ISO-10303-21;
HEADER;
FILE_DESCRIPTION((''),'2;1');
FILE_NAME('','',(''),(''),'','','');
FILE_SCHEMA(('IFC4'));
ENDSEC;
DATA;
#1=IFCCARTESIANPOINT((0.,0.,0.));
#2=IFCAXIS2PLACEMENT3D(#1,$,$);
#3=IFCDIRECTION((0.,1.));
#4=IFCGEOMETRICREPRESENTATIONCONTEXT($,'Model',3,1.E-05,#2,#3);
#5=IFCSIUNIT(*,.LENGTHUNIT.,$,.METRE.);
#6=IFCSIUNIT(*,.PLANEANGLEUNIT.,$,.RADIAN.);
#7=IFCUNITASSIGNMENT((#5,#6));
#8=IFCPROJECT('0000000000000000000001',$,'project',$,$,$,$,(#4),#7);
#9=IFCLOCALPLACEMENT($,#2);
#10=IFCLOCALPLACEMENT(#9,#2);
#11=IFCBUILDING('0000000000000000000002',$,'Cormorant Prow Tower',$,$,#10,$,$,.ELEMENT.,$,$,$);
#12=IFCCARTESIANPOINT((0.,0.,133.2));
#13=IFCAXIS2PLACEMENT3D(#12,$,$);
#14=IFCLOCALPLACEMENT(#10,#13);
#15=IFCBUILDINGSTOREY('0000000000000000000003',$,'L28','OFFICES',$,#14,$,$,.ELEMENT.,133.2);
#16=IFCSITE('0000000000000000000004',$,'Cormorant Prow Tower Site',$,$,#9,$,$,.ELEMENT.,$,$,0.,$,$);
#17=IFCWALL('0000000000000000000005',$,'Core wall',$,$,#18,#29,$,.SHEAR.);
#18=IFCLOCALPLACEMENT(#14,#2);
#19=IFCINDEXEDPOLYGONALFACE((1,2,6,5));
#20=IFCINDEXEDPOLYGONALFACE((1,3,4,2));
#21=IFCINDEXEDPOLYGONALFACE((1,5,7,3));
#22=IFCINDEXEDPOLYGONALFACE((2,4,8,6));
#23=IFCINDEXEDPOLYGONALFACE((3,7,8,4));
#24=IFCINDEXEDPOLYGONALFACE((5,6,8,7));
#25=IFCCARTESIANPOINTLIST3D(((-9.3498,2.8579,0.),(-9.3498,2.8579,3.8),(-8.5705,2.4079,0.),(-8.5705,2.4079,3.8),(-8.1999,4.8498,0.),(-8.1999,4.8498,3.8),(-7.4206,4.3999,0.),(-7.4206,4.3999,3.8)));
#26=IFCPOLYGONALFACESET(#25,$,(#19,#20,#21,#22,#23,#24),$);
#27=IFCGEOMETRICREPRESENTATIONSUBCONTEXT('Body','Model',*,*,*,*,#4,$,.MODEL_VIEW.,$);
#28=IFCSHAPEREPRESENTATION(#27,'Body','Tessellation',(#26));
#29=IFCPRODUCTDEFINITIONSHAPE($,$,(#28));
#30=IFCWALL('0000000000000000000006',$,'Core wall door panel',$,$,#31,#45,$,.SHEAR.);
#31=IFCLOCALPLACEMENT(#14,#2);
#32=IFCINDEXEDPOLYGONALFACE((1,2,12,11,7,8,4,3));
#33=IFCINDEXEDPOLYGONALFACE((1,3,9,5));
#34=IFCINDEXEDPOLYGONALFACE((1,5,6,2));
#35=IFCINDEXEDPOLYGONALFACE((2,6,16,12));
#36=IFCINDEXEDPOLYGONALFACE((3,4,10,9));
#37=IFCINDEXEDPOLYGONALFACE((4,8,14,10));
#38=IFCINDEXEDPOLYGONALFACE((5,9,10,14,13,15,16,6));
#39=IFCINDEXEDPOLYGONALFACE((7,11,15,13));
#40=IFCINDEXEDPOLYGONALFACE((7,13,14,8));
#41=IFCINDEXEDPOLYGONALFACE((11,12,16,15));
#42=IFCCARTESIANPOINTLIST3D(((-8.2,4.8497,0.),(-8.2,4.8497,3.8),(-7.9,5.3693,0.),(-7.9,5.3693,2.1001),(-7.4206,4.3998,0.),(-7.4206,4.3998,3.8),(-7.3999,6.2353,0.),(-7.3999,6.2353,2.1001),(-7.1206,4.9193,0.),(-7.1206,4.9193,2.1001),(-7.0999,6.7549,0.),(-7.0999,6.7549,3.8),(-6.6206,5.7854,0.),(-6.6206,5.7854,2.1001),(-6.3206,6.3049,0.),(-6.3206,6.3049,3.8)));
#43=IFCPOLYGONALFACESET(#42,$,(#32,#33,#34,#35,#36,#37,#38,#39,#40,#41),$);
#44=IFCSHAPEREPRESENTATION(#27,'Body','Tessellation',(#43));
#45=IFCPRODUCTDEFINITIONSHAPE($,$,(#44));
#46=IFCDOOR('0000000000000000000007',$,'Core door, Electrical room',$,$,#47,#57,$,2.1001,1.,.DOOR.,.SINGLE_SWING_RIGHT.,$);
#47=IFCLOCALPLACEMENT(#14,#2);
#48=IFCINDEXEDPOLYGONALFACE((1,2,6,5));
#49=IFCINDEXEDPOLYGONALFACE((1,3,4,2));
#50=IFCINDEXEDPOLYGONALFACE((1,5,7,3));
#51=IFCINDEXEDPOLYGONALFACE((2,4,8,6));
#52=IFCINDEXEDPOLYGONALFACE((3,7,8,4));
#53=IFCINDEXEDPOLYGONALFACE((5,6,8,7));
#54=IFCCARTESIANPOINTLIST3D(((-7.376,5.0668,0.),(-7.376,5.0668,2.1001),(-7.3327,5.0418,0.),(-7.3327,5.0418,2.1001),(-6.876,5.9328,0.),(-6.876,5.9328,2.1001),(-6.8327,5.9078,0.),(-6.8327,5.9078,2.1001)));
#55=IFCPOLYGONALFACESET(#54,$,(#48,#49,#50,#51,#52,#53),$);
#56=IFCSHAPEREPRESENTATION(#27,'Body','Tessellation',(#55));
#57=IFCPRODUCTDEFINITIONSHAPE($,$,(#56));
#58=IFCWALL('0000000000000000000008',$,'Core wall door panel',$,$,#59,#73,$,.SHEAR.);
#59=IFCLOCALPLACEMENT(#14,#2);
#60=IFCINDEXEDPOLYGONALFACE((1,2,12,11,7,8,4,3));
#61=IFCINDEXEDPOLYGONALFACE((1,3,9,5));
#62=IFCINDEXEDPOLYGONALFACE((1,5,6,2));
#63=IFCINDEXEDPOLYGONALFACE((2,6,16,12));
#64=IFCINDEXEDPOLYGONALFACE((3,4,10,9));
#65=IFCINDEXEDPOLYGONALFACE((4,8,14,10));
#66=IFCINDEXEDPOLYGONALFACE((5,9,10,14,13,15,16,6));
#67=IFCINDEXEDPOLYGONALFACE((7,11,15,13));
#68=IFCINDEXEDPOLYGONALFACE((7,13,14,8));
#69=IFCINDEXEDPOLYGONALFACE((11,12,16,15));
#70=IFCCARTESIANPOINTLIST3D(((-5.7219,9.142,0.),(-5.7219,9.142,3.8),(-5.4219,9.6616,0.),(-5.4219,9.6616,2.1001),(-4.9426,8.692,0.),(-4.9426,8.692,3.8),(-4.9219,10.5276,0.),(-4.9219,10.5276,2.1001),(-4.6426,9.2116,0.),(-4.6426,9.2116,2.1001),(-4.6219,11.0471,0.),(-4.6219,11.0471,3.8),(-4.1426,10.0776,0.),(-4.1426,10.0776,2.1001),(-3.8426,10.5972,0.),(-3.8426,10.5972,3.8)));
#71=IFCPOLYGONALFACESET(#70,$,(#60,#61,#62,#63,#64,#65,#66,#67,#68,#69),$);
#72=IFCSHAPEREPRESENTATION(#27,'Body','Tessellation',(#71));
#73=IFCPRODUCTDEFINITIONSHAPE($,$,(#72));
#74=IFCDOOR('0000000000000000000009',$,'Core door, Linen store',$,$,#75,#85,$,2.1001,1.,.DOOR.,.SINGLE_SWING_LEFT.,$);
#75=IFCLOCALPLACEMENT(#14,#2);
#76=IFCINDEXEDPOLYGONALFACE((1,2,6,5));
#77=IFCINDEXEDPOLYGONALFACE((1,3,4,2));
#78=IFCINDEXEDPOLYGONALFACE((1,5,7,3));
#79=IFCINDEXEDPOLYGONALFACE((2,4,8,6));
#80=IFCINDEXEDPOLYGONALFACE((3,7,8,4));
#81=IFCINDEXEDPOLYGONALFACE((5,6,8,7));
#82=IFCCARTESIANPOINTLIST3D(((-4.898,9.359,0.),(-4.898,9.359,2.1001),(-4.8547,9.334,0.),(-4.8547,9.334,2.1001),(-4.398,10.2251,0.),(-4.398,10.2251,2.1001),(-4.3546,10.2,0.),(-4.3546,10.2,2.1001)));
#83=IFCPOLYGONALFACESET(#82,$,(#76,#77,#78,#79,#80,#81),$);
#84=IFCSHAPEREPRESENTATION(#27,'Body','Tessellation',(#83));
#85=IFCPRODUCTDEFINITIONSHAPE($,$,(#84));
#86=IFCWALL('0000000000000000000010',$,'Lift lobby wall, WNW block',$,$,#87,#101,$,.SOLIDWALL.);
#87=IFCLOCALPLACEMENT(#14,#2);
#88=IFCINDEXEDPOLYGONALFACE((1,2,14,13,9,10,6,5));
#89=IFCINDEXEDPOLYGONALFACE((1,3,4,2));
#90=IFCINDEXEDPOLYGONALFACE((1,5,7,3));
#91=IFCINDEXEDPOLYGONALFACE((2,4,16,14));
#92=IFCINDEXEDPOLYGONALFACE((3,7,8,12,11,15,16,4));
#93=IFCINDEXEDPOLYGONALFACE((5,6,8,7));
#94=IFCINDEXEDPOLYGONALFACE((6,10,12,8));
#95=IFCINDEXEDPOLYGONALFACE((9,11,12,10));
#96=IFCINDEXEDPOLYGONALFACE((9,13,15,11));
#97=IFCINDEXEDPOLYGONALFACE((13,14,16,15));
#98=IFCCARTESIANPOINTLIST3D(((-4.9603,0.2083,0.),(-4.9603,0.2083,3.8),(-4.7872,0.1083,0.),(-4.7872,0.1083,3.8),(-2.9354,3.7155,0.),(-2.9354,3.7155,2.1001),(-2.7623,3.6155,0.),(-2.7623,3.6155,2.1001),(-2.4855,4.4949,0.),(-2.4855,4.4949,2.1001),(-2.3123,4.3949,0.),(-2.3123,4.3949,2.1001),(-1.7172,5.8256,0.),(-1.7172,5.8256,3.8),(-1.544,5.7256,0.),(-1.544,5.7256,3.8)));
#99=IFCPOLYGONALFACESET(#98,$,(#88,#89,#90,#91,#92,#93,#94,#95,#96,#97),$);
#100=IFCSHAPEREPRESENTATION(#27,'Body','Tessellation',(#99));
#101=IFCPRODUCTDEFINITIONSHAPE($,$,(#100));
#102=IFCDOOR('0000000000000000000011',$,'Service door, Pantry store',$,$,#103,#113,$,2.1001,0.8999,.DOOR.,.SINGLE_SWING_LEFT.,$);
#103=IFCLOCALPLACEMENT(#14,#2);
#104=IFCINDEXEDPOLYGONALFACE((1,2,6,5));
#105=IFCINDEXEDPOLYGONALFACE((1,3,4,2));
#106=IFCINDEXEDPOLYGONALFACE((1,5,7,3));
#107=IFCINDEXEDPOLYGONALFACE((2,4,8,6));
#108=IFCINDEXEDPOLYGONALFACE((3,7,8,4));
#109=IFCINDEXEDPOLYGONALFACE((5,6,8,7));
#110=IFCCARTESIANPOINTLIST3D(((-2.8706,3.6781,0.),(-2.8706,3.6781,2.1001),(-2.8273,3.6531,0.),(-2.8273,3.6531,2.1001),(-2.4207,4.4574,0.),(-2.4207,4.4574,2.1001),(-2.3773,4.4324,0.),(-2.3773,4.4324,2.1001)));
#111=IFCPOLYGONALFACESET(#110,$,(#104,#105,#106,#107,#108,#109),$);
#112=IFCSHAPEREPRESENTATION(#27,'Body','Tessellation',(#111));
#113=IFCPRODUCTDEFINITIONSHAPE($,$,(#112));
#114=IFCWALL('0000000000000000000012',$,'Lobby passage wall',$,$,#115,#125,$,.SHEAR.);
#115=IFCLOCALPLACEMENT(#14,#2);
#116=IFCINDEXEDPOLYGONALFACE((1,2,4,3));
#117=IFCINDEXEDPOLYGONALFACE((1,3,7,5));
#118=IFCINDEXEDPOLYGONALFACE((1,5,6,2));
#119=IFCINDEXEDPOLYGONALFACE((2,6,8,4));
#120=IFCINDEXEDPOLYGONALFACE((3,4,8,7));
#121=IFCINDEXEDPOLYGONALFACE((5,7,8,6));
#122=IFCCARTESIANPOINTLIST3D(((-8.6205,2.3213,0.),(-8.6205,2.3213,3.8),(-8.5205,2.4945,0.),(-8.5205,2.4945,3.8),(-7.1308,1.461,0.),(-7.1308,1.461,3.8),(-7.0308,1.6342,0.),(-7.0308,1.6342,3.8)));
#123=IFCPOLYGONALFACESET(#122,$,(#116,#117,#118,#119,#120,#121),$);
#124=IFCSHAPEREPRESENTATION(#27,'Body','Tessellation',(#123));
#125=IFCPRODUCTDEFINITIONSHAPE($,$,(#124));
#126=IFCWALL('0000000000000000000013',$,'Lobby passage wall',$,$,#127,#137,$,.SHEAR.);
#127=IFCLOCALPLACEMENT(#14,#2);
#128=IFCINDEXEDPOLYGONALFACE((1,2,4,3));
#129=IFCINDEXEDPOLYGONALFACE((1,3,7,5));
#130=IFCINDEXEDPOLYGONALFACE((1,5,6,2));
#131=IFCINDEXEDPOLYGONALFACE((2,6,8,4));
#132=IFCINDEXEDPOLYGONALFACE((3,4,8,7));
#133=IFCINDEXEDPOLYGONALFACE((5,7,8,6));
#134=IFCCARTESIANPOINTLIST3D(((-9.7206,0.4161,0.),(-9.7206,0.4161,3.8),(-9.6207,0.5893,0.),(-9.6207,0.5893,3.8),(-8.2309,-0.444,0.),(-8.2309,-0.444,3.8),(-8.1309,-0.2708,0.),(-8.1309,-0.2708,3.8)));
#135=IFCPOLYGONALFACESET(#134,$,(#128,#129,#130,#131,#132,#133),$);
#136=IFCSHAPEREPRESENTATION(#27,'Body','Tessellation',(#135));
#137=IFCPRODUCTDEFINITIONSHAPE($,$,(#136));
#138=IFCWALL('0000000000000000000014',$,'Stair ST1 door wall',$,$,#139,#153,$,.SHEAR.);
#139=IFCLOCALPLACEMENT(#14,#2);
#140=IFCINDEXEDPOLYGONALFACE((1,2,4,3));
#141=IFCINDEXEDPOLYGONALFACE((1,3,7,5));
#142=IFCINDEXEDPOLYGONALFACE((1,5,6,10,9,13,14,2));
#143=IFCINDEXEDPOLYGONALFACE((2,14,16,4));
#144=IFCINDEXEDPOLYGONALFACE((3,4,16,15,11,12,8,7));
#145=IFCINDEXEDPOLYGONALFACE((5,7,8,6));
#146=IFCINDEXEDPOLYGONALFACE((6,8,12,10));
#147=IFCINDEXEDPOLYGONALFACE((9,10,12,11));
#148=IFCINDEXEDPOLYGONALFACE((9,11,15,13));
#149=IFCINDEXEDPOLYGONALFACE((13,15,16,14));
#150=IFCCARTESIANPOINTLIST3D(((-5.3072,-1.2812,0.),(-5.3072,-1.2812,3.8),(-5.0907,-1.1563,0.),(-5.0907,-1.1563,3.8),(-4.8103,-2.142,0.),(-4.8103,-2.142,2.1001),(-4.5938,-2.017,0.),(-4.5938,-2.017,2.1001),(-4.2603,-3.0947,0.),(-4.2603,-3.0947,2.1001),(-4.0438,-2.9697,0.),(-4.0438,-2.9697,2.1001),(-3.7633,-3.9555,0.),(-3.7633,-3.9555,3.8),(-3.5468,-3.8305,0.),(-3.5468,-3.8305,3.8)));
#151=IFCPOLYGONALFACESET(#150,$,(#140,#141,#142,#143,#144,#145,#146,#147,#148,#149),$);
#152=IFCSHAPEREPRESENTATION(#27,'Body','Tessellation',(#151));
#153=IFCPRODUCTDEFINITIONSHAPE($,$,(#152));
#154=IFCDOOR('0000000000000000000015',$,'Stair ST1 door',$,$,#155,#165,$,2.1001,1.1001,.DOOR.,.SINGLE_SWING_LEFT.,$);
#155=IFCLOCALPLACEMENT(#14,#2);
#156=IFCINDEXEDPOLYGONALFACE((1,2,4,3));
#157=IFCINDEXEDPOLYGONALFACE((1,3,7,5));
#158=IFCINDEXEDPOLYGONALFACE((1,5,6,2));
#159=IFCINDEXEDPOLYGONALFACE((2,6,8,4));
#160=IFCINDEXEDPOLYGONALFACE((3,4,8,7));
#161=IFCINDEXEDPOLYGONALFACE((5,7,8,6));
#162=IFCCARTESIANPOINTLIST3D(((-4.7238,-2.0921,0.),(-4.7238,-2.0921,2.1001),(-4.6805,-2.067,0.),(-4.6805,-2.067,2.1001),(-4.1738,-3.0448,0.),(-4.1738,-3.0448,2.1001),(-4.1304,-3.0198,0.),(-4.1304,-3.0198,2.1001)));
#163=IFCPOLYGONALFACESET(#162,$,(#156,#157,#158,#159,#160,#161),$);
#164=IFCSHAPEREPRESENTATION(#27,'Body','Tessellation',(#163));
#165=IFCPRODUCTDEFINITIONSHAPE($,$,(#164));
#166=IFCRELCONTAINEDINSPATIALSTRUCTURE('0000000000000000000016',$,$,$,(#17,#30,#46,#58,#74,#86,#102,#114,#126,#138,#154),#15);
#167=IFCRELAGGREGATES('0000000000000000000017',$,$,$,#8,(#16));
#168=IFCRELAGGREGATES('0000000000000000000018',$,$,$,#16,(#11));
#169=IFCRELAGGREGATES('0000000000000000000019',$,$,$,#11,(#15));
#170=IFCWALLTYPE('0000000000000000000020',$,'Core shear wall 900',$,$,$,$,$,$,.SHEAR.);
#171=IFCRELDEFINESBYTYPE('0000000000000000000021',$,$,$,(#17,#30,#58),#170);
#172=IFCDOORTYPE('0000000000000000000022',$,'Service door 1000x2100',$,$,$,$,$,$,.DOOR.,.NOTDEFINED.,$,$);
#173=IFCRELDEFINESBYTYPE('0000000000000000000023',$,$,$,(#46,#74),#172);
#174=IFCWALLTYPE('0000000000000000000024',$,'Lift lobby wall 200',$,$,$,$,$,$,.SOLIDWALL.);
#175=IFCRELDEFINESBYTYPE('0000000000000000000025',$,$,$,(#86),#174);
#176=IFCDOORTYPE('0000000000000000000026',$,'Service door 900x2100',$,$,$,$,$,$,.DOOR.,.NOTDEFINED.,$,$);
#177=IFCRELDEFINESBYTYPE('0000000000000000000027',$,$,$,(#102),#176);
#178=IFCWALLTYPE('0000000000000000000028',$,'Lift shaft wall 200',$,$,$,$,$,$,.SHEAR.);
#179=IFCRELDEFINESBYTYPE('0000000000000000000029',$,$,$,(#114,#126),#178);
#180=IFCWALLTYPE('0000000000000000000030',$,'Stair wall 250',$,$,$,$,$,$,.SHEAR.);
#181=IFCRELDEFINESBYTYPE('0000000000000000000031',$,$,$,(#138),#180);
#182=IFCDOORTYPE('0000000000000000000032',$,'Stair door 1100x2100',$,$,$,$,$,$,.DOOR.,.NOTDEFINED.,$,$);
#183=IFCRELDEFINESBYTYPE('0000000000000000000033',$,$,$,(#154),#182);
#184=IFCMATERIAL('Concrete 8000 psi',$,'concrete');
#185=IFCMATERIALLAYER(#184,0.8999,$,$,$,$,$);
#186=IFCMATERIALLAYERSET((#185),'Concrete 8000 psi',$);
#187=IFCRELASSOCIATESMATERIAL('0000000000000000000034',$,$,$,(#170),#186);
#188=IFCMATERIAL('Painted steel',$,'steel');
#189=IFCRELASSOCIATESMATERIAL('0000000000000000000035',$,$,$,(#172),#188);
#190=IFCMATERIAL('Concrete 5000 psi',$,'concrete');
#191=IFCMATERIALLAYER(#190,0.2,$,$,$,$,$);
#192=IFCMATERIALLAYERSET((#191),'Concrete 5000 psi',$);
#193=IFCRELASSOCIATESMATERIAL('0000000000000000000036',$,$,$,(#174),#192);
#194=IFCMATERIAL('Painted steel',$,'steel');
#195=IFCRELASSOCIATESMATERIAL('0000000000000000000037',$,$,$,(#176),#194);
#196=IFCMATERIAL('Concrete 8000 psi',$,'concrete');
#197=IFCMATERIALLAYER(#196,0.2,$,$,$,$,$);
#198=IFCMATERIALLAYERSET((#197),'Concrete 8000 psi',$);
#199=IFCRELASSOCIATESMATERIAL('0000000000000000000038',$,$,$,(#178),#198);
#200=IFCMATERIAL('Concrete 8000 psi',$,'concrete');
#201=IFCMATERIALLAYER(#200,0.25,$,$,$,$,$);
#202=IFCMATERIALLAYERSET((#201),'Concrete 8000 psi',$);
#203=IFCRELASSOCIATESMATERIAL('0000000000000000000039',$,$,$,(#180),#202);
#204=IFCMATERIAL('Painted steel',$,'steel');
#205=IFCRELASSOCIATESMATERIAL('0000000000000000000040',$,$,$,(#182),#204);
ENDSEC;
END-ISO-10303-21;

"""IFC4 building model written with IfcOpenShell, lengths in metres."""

from ifc_helpers import new_model, si_unit, direction, frame, frame_2d, origin, place, context, subcontext, project, spatial, rectangle, extrude, material, layer, layer_set, type_object, element, fill, save


model = new_model("IFC4")

# Units and contexts
model_context = context("Model", 3, precision=1e-05, world=origin(), true_north=direction((0.0, 1.0)))
body_context = subcontext(model_context, "Body", "Model", "MODEL_VIEW")
ifc_project = project(units=[si_unit("LENGTHUNIT", "METRE"), si_unit("PLANEANGLEUNIT", "RADIAN")], contexts=[model_context])

# Site, building, storey
site_placement = place(None, origin())
site = spatial("IfcSite", under=ifc_project, at=site_placement, Name="Cormorant Prow Tower Site", CompositionType="ELEMENT", RefElevation=0.0)
building_placement = place(site_placement, origin())
building = spatial("IfcBuilding", under=site, at=building_placement, Name="Cormorant Prow Tower", CompositionType="ELEMENT")
storey_placement = place(building_placement, frame((0.0, 0.0, 133.2)))
storey = spatial("IfcBuildingStorey", under=building, at=storey_placement, Name="L28", Description="OFFICES", CompositionType="ELEMENT", Elevation=133.2)

# Wall
ifc_material_1 = material(Name="Concrete 8000 psi", Category="concrete")
ifc_layer_1 = layer(ifc_material_1, 0.8999)
ifc_layer_set_1 = layer_set([ifc_layer_1], Name="Concrete 8000 psi")
wall_type_1 = type_object("IfcWallType", Name="Core shear wall 900", PredefinedType="SHEAR", material=ifc_layer_set_1)
wall_1_placement = place(storey_placement, frame((-7.8103, 4.6248, 0.0), z_axis=(0.0, 0.0, 1.0), x_axis=(-0.499952, -0.866053, 0.0)))
element("IfcWall", 1, at=wall_1_placement, inside=storey, type_object=wall_type_1, Name="Core wall", PredefinedType="SHEAR", context=body_context, shape_type="SweptSolid", body=[
    extrude(rectangle(XDim=2.3, YDim=0.8999, at=frame_2d((1.1499, 0.0))), origin(), (0.0, 0.0, 1.0), 3.8),
])

# Walls, openings, doors
wall_2_placement = place(storey_placement, frame((-6.7102, 6.53, 0.0), z_axis=(0.0, 0.0, 1.0), x_axis=(-0.50003, -0.866008, 0.0)))
wall_2 = element("IfcWall", 2, at=wall_2_placement, inside=storey, type_object=wall_type_1, Name="Core wall door panel", PredefinedType="SHEAR", context=body_context, shape_type="SweptSolid", body=[
    extrude(rectangle(XDim=2.2, YDim=0.8999, at=frame_2d((1.1001, 0.0))), origin(), (0.0, 0.0, 1.0), 3.8),
])
opening_1_placement = place(wall_2_placement, frame((0.6001, 0.0, 0.0)))
opening_1 = element("IfcOpeningElement", 3, at=opening_1_placement, cuts=wall_2, PredefinedType="OPENING", context=body_context, shape_type="SweptSolid", body=[
    extrude(rectangle(XDim=1.0, YDim=2.1001, at=frame_2d((0.5, 1.05))), frame((0.0, 0.46, 0.0), z_axis=(0.0, -1.0, 0.0), x_axis=(1.0, 0.0, 0.0)), (0.0, 0.0, 1.0), 0.9199),
])
ifc_material_2 = material(Name="Painted steel", Category="steel")
door_type_1 = type_object("IfcDoorType", Name="Service door 1000x2100", OperationType="NOTDEFINED", PredefinedType="DOOR", material=ifc_material_2)
door_1_placement = place(opening_1_placement, origin())
door_1 = element("IfcDoor", 4, at=door_1_placement, inside=storey, type_object=door_type_1, Name="Core door, Electrical room", OperationType="SINGLE_SWING_RIGHT", OverallHeight=2.1001, OverallWidth=1.0, PredefinedType="DOOR", context=body_context, shape_type="SweptSolid", body=[
    extrude(rectangle(XDim=1.0, YDim=2.1001, at=frame_2d((0.5, 1.05))), frame((0.0, 0.2051, 0.0), z_axis=(0.0, -1.0, 0.0), x_axis=(1.0, 0.0, 0.0)), (0.0, 0.0, 1.0), 0.05),
])
fill(opening_1, door_1)
wall_3_placement = place(storey_placement, frame((-4.2322, 10.8223, 0.0), z_axis=(0.0, 0.0, 1.0), x_axis=(-0.50003, -0.866008, 0.0)))
wall_3 = element("IfcWall", 5, at=wall_3_placement, inside=storey, type_object=wall_type_1, Name="Core wall door panel", PredefinedType="SHEAR", context=body_context, shape_type="SweptSolid", body=[
    extrude(rectangle(XDim=2.2, YDim=0.8999, at=frame_2d((1.1001, 0.0))), origin(), (0.0, 0.0, 1.0), 3.8),
])
opening_2_placement = place(wall_3_placement, frame((0.6001, 0.0, 0.0)))
opening_2 = element("IfcOpeningElement", 6, at=opening_2_placement, cuts=wall_3, PredefinedType="OPENING", context=body_context, shape_type="SweptSolid", body=[
    extrude(rectangle(XDim=1.0, YDim=2.1001, at=frame_2d((0.5, 1.05))), frame((0.0, 0.46, 0.0), z_axis=(0.0, -1.0, 0.0), x_axis=(1.0, 0.0, 0.0)), (0.0, 0.0, 1.0), 0.9199),
])
door_2_placement = place(opening_2_placement, origin())
door_2 = element("IfcDoor", 7, at=door_2_placement, inside=storey, type_object=door_type_1, Name="Core door, Linen store", OperationType="SINGLE_SWING_LEFT", OverallHeight=2.1001, OverallWidth=1.0, PredefinedType="DOOR", context=body_context, shape_type="SweptSolid", body=[
    extrude(rectangle(XDim=1.0, YDim=2.1001, at=frame_2d((0.5, 1.05))), frame((0.0, 0.2051, 0.0), z_axis=(0.0, -1.0, 0.0), x_axis=(1.0, 0.0, 0.0)), (0.0, 0.0, 1.0), 0.05),
])
fill(opening_2, door_2)
ifc_material_3 = material(Name="Concrete 5000 psi", Category="concrete")
ifc_layer_2 = layer(ifc_material_3, 0.2)
ifc_layer_set_2 = layer_set([ifc_layer_2], Name="Concrete 5000 psi")
wall_type_2 = type_object("IfcWallType", Name="Lift lobby wall 200", PredefinedType="SOLIDWALL", material=ifc_layer_set_2)
wall_4_placement = place(storey_placement, frame((-1.6306, 5.7756, 0.0), z_axis=(0.0, 0.0, 1.0), x_axis=(-0.499993, -0.86603, 0.0)))
wall_4 = element("IfcWall", 8, at=wall_4_placement, inside=storey, type_object=wall_type_2, Name="Lift lobby wall, WNW block", PredefinedType="SOLIDWALL", context=body_context, shape_type="SweptSolid", body=[
    extrude(rectangle(XDim=6.4863, YDim=0.2, at=frame_2d((3.2432, 0.0))), origin(), (0.0, 0.0, 1.0), 3.8),
])
opening_3_placement = place(wall_4_placement, frame((1.5366, 0.0, 0.0)))
opening_3 = element("IfcOpeningElement", 9, at=opening_3_placement, cuts=wall_4, PredefinedType="OPENING", context=body_context, shape_type="SweptSolid", body=[
    extrude(rectangle(XDim=0.8999, YDim=2.1001, at=frame_2d((0.45, 1.05))), frame((0.0, 0.1099, 0.0), z_axis=(0.0, -1.0, 0.0), x_axis=(1.0, 0.0, 0.0)), (0.0, 0.0, 1.0), 0.22),
])
ifc_material_4 = material(Name="Painted steel", Category="steel")
door_type_2 = type_object("IfcDoorType", Name="Service door 900x2100", OperationType="NOTDEFINED", PredefinedType="DOOR", material=ifc_material_4)
door_3_placement = place(opening_3_placement, origin())
door_3 = element("IfcDoor", 10, at=door_3_placement, inside=storey, type_object=door_type_2, Name="Service door, Pantry store", OperationType="SINGLE_SWING_LEFT", OverallHeight=2.1001, OverallWidth=0.8999, PredefinedType="DOOR", context=body_context, shape_type="SweptSolid", body=[
    extrude(rectangle(XDim=0.8999, YDim=2.1001, at=frame_2d((0.45, 1.05))), frame((0.0, 0.0249, 0.0), z_axis=(0.0, -1.0, 0.0), x_axis=(1.0, 0.0, 0.0)), (0.0, 0.0, 1.0), 0.05),
])
fill(opening_3, door_3)

# Walls
ifc_material_5 = material(Name="Concrete 8000 psi", Category="concrete")
ifc_layer_3 = layer(ifc_material_5, 0.2)
ifc_layer_set_3 = layer_set([ifc_layer_3], Name="Concrete 8000 psi")
wall_type_3 = type_object("IfcWallType", Name="Lift shaft wall 200", PredefinedType="SHEAR", material=ifc_layer_set_3)
for number, where, z_axis, x_axis, name in (
    (11, (-7.0808, 1.5476, 0.0), (0.0, 0.0, 1.0), (-0.865963, 0.500107, 0.0), "Lobby passage wall"),
    (12, (-8.1809, -0.3574, 0.0), (0.0, 0.0, 1.0), (-0.866025, 0.500001, 0.0), "Lobby passage wall"),
):
    element("IfcWall", number, at=place(storey_placement, frame(where, z_axis=z_axis, x_axis=x_axis)), inside=storey, type_object=wall_type_3, Name=name, PredefinedType="SHEAR", context=body_context, shape_type="SweptSolid", body=[
        extrude(rectangle(XDim=1.7202, YDim=0.2, at=frame_2d((0.8601, 0.0))), origin(), (0.0, 0.0, 1.0), 3.8),
    ])

# Wall, opening, door
ifc_material_6 = material(Name="Concrete 8000 psi", Category="concrete")
ifc_layer_4 = layer(ifc_material_6, 0.25)
ifc_layer_set_4 = layer_set([ifc_layer_4], Name="Concrete 8000 psi")
wall_type_4 = type_object("IfcWallType", Name="Stair wall 250", PredefinedType="SHEAR", material=ifc_layer_set_4)
wall_5_placement = place(storey_placement, frame((-5.199, -1.2188, 0.0), z_axis=(0.0, 0.0, 1.0), x_axis=(0.499983, -0.866035, 0.0)))
wall_5 = element("IfcWall", 13, at=wall_5_placement, inside=storey, type_object=wall_type_4, Name="Stair ST1 door wall", PredefinedType="SHEAR", context=body_context, shape_type="SweptSolid", body=[
    extrude(rectangle(XDim=3.0879, YDim=0.25, at=frame_2d((1.5439, 0.0))), origin(), (0.0, 0.0, 1.0), 3.8),
])
opening_4_placement = place(wall_5_placement, frame((0.9939, 0.0, 0.0)))
opening_4 = element("IfcOpeningElement", 14, at=opening_4_placement, cuts=wall_5, PredefinedType="OPENING", context=body_context, shape_type="SweptSolid", body=[
    extrude(rectangle(XDim=1.1001, YDim=2.1001, at=frame_2d((0.55, 1.05))), frame((0.0, 0.135, 0.0), z_axis=(0.0, -1.0, 0.0), x_axis=(1.0, 0.0, 0.0)), (0.0, 0.0, 1.0), 0.27),
])
ifc_material_7 = material(Name="Painted steel", Category="steel")
door_type_3 = type_object("IfcDoorType", Name="Stair door 1100x2100", OperationType="NOTDEFINED", PredefinedType="DOOR", material=ifc_material_7)
door_4_placement = place(opening_4_placement, origin())
door_4 = element("IfcDoor", 15, at=door_4_placement, inside=storey, type_object=door_type_3, Name="Stair ST1 door", OperationType="SINGLE_SWING_LEFT", OverallHeight=2.1001, OverallWidth=1.1001, PredefinedType="DOOR", context=body_context, shape_type="SweptSolid", body=[
    extrude(rectangle(XDim=1.1001, YDim=2.1001, at=frame_2d((0.55, 1.05))), frame((0.0, 0.0249, 0.0), z_axis=(0.0, -1.0, 0.0), x_axis=(1.0, 0.0, 0.0)), (0.0, 0.0, 1.0), 0.05),
])
fill(opening_4, door_4)

save(model, "model.ifc")
